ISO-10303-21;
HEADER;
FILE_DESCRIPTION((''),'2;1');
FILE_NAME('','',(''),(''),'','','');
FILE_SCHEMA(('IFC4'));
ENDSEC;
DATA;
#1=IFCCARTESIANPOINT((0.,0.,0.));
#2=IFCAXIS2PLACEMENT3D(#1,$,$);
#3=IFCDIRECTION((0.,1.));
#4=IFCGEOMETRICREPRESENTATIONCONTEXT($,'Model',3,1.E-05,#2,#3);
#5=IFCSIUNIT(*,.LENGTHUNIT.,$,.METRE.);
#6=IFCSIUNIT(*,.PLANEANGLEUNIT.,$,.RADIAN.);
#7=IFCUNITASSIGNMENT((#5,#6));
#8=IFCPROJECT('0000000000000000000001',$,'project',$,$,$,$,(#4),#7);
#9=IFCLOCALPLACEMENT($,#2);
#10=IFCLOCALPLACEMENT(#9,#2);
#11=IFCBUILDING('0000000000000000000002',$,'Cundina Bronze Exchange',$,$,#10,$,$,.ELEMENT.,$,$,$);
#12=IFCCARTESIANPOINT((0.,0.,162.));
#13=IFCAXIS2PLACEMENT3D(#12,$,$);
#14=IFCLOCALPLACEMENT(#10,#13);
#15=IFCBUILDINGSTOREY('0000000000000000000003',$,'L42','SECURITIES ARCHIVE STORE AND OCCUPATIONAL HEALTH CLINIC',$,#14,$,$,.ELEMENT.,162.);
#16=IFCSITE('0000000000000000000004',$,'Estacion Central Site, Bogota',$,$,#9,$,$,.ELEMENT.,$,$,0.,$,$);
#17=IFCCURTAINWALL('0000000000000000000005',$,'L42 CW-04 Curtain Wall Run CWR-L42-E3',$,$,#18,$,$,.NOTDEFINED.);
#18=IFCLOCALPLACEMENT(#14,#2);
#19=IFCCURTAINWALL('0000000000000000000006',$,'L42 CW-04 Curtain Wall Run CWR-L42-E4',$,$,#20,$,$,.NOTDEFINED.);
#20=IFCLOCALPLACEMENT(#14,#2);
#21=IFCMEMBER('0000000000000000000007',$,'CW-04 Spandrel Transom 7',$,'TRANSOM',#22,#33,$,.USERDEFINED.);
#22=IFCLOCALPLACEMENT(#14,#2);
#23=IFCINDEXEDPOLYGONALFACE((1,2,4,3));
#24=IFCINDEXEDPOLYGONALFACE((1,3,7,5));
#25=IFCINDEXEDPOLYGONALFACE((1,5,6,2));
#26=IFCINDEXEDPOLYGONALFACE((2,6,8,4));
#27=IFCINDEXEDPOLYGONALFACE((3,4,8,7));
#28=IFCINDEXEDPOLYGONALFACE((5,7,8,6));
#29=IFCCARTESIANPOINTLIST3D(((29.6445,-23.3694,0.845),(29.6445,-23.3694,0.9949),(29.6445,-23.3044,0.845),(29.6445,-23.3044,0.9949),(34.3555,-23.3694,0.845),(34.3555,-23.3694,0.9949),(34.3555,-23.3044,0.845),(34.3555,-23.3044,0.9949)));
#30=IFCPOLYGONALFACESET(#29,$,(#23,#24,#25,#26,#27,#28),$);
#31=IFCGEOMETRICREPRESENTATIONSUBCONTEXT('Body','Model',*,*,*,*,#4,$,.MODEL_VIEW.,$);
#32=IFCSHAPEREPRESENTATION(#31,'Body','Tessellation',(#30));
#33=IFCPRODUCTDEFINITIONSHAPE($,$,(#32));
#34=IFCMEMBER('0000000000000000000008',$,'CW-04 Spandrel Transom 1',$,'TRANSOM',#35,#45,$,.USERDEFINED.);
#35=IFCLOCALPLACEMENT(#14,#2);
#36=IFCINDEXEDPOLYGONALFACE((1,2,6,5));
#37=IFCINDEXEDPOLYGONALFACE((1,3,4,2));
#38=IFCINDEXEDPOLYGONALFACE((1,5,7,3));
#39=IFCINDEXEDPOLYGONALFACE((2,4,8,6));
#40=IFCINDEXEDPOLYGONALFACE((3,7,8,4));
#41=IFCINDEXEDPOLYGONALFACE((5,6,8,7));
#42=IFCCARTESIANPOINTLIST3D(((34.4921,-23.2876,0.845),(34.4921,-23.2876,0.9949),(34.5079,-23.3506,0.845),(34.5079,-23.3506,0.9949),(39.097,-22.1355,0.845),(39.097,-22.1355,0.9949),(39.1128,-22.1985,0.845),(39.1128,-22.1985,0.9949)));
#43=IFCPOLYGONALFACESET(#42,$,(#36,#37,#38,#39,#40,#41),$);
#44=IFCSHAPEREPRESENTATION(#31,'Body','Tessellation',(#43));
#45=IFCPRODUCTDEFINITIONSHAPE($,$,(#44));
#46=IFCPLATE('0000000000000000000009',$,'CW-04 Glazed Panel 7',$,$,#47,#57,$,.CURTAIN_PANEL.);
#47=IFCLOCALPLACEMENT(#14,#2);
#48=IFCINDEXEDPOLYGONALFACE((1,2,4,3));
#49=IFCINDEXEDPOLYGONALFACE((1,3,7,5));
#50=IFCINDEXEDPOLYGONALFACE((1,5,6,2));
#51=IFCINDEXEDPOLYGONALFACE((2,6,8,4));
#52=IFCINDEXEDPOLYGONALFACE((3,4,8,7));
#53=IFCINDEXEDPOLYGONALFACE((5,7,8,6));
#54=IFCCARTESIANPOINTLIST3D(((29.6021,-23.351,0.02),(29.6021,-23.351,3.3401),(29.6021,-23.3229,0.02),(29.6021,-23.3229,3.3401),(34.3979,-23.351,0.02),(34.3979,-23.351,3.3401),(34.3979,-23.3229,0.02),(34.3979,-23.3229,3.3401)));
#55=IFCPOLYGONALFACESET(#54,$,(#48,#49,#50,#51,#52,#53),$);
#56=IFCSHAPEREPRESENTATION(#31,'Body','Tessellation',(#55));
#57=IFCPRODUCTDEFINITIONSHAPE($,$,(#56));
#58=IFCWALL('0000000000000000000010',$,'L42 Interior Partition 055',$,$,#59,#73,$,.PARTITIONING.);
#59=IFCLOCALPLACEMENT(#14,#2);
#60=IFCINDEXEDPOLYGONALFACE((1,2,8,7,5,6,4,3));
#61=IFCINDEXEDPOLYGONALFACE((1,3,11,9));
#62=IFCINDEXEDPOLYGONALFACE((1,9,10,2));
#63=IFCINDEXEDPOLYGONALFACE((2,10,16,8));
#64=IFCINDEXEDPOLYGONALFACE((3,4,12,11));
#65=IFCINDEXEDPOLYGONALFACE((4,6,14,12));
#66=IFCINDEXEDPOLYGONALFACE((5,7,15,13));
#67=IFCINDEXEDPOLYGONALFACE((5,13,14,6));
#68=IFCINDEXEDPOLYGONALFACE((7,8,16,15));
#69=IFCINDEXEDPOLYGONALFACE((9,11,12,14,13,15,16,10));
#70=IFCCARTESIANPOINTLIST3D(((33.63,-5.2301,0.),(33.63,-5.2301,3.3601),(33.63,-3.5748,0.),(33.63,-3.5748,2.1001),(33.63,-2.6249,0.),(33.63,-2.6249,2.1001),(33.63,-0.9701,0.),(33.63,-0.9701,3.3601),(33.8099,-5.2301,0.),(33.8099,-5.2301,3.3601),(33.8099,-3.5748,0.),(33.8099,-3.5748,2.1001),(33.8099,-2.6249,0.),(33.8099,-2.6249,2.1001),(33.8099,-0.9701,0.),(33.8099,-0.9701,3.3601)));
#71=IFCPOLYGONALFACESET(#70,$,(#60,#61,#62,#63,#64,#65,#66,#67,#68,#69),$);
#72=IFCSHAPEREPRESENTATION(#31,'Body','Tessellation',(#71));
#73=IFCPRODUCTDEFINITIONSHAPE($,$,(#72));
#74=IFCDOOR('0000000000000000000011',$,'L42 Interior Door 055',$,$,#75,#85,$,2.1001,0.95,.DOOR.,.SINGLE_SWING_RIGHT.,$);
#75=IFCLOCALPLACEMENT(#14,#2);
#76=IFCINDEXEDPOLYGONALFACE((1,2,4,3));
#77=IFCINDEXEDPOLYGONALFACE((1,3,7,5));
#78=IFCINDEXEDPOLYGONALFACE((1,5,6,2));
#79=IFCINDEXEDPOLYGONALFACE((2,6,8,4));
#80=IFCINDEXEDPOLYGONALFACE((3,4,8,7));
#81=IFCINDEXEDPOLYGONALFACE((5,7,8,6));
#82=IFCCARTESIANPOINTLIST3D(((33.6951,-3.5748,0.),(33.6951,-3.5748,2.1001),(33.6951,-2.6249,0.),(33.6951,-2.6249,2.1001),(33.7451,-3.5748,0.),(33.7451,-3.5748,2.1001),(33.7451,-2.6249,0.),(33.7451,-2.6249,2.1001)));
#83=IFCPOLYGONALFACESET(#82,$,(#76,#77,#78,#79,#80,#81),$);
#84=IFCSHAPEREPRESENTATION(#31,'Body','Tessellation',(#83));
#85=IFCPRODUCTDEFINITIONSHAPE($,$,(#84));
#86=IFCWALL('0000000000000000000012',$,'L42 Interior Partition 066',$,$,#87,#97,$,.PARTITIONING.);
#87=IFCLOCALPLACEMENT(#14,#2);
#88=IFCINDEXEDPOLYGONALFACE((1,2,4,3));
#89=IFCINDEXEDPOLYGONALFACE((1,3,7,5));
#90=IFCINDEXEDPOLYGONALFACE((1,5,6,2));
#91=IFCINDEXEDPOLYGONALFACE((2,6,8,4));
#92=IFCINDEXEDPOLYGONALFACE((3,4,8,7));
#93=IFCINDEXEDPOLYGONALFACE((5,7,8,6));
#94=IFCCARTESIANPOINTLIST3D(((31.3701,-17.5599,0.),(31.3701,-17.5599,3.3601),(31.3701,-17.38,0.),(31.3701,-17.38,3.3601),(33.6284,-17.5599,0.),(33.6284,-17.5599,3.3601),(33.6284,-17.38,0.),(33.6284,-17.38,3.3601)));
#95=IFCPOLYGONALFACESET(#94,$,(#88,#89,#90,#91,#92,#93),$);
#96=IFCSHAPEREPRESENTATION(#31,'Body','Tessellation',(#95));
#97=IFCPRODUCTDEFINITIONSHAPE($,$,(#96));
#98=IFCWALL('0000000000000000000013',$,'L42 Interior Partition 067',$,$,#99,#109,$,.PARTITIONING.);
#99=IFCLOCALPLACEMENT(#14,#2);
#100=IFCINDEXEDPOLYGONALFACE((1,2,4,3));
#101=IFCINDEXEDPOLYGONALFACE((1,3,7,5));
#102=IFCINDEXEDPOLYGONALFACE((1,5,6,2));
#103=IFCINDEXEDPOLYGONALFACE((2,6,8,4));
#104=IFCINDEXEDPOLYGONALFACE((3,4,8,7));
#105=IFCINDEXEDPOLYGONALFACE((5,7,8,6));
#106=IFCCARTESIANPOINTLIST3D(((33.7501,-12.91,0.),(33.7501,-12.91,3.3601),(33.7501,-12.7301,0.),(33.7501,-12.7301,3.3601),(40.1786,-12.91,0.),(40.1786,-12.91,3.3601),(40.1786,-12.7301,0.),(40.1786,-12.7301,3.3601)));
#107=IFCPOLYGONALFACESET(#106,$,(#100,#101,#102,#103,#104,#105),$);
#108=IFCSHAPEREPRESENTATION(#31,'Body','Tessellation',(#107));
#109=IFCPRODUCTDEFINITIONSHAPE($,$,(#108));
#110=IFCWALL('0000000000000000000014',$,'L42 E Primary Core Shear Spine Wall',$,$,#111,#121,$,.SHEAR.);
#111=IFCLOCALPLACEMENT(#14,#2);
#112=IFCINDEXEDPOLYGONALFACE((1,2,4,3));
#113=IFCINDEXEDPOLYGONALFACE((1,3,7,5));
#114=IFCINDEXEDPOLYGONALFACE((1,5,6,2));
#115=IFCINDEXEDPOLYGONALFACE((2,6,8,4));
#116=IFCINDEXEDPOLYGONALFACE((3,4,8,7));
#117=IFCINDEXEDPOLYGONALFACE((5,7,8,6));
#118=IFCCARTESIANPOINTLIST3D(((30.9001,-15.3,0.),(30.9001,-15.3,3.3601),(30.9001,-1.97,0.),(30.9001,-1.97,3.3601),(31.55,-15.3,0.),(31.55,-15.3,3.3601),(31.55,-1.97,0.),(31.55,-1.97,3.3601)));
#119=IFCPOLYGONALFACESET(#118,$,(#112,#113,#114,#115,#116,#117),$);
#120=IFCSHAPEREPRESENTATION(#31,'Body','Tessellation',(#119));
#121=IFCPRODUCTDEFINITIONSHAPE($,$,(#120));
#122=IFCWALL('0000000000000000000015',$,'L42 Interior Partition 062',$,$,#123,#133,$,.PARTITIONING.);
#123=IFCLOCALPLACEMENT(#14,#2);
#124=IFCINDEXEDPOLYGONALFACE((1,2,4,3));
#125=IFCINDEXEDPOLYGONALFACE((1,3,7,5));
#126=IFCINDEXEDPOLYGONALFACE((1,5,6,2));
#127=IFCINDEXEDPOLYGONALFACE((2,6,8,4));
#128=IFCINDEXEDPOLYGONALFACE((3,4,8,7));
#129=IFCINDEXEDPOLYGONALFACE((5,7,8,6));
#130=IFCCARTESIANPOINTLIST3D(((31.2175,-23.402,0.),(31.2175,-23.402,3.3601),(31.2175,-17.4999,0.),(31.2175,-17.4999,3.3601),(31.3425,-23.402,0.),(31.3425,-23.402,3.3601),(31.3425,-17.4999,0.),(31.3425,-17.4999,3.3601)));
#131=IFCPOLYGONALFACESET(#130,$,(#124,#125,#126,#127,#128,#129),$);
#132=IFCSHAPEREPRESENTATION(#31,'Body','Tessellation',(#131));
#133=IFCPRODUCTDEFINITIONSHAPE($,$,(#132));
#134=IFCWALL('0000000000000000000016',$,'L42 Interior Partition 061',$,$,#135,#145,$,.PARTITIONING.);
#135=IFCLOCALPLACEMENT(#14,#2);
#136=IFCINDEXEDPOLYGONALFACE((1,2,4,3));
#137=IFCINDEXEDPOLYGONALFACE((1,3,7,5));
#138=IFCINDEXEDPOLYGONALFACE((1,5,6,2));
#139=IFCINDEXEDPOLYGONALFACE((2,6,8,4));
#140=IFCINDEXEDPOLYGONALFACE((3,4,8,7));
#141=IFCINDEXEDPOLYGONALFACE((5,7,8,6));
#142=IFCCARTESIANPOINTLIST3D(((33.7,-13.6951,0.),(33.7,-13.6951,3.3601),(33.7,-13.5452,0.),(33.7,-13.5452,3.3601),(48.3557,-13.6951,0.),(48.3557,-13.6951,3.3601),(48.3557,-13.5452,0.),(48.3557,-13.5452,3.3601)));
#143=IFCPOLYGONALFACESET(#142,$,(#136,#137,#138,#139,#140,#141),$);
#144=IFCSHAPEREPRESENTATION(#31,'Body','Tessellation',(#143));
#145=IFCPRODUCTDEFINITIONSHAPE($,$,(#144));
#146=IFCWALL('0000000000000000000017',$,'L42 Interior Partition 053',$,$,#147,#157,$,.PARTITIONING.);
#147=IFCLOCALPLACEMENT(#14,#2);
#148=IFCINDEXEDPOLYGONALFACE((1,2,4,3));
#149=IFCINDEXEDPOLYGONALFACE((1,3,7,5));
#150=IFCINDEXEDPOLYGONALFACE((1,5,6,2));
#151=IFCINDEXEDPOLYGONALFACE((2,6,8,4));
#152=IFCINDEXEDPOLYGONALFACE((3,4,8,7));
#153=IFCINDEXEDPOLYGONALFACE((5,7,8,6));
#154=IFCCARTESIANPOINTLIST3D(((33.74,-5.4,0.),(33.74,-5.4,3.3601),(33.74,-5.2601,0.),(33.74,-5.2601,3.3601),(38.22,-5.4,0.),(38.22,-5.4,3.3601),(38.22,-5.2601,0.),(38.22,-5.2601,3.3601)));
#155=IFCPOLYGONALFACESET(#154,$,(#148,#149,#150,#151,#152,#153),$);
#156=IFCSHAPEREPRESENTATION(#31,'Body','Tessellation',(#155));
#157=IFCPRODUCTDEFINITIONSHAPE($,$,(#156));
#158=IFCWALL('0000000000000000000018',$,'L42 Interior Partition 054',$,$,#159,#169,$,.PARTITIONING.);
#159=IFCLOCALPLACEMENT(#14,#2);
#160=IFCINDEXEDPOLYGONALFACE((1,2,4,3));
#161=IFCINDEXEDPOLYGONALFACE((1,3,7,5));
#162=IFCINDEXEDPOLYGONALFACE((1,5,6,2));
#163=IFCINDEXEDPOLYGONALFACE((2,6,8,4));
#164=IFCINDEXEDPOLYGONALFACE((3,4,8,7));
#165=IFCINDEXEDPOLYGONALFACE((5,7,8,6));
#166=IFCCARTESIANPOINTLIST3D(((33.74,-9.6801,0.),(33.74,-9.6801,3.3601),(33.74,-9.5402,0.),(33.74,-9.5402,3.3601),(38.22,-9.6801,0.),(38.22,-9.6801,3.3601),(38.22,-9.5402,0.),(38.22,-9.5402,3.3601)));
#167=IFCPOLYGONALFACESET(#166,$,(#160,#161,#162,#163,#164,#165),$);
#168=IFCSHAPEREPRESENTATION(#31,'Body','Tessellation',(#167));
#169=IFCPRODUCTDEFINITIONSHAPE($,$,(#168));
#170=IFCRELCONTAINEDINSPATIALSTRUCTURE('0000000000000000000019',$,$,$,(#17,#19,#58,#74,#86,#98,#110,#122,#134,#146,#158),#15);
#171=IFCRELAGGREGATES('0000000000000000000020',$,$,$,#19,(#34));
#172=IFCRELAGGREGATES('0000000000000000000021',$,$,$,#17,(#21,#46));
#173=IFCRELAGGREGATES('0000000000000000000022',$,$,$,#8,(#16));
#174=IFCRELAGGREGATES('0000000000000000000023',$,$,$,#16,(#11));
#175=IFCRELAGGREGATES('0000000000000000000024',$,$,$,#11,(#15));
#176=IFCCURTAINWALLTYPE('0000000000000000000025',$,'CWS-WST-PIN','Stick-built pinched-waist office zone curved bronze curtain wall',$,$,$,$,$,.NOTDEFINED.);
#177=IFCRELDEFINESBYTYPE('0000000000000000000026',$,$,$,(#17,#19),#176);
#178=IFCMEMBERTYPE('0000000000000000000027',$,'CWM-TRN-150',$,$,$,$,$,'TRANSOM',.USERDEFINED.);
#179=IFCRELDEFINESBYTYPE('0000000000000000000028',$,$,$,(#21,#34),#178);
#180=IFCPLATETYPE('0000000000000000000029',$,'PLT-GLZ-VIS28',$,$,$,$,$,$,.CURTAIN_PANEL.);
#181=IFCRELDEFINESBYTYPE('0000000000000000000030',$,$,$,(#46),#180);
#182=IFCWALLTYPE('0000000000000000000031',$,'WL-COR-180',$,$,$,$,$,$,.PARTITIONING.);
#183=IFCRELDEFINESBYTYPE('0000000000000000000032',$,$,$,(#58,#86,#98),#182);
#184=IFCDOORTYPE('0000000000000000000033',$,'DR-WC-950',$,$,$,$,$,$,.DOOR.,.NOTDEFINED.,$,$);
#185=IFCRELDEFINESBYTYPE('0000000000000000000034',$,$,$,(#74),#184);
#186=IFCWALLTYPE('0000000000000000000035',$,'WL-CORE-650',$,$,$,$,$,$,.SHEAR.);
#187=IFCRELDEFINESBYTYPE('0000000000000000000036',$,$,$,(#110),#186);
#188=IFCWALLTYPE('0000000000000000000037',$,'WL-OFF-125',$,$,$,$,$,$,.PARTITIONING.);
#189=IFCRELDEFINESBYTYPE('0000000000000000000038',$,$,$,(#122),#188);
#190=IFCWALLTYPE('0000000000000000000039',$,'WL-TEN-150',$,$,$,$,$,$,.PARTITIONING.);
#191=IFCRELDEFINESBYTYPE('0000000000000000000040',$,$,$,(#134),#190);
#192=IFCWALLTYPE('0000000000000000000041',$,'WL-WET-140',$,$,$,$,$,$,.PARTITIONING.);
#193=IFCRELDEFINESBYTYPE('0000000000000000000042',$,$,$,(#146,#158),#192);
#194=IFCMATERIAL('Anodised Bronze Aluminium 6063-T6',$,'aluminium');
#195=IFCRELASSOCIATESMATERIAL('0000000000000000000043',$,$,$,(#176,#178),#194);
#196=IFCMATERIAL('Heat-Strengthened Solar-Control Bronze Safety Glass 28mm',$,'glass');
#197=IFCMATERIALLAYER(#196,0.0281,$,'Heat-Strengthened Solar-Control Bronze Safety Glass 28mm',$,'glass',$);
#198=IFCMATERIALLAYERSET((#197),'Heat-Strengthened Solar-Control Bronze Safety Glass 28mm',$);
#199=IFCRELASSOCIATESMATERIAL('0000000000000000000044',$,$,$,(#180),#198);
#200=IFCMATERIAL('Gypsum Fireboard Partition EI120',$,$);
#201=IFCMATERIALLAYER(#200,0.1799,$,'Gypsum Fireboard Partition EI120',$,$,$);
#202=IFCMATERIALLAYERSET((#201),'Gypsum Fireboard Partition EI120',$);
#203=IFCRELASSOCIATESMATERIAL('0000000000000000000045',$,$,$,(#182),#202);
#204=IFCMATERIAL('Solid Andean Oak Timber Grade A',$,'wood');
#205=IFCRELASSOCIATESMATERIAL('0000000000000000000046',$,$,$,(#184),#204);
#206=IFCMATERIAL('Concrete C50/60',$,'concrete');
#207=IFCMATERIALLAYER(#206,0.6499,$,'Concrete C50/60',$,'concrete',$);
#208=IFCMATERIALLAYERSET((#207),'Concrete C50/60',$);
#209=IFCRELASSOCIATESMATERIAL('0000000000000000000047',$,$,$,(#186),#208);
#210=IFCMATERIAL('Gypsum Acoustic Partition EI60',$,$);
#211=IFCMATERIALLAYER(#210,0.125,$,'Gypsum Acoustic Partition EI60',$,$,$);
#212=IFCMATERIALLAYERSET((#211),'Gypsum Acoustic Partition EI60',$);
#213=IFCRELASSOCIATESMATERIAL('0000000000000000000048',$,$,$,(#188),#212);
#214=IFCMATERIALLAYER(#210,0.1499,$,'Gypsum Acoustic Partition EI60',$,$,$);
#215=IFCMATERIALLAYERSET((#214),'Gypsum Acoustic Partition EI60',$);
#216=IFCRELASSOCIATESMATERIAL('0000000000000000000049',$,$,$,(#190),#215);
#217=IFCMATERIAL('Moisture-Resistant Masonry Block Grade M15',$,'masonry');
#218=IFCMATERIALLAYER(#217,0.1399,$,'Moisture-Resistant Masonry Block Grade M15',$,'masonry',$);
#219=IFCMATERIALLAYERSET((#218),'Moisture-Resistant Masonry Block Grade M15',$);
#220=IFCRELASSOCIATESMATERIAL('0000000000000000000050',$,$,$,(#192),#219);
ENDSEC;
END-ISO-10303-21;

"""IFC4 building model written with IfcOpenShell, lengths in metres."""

from ifc_helpers import new_model, si_unit, direction, frame, frame_2d, origin, origin_2d, place, context, subcontext, project, spatial, rectangle, extrude, material, layer, layer_set, material_profile, profile_set, type_object, element, fill, aggregate, save


model = new_model("IFC4")

# Units and contexts
model_context = context("Model", 3, precision=1e-05, world=origin(), true_north=direction((0.0, 1.0)))
body_context = subcontext(model_context, "Body", "Model", "MODEL_VIEW")
ifc_project = project(units=[si_unit("LENGTHUNIT", "METRE"), si_unit("PLANEANGLEUNIT", "RADIAN")], contexts=[model_context])

# Site, building, storey
site_placement = place(None, origin())
site = spatial("IfcSite", under=ifc_project, at=site_placement, Name="Estacion Central Site, Bogota", CompositionType="ELEMENT", RefElevation=0.0)
building_placement = place(site_placement, origin())
building = spatial("IfcBuilding", under=site, at=building_placement, Name="Cundina Bronze Exchange", CompositionType="ELEMENT")
storey_placement = place(building_placement, frame((0.0, 0.0, 162.0)))
storey = spatial("IfcBuildingStorey", under=building, at=storey_placement, Name="L42", Description="SECURITIES ARCHIVE STORE AND OCCUPATIONAL HEALTH CLINIC", CompositionType="ELEMENT", Elevation=162.0)

# Shared definitions
ifc_material_1 = material(Name="Concrete C50/60", Category="concrete")

# Curtain wall
ifc_material_2 = material(Name="Anodised Bronze Aluminium 6063-T6", Category="aluminium")
curtain_wall_type = type_object("IfcCurtainWallType", Name="CWS-WST-PIN", Description="Stick-built pinched-waist office zone curved bronze curtain wall", PredefinedType="NOTDEFINED", material=ifc_material_2)
curtain_wall_1_placement = place(storey_placement, origin())
curtain_wall_1 = element("IfcCurtainWall", 1, at=curtain_wall_1_placement, inside=storey, type_object=curtain_wall_type, Name="L42 CW-04 Curtain Wall Run CWR-L42-E3", PredefinedType="NOTDEFINED")

# Curtain wall
curtain_wall_2_placement = place(storey_placement, origin())
curtain_wall_2 = element("IfcCurtainWall", 2, at=curtain_wall_2_placement, inside=storey, type_object=curtain_wall_type, Name="L42 CW-04 Curtain Wall Run CWR-L42-E4", PredefinedType="NOTDEFINED")

# Members
ifc_material_profile_1 = material_profile(ifc_material_2, rectangle(XDim=0.0649, YDim=0.1499, at=origin_2d()), Name="AL65X150", Category="aluminium")
ifc_profile_set_1 = profile_set([ifc_material_profile_1], Name="Anodised Bronze Aluminium 6063-T6")
member_type_1 = type_object("IfcMemberType", Name="CWM-TRN-150", ElementType="TRANSOM", PredefinedType="USERDEFINED", material=ifc_profile_set_1)
member_1_placement = place(storey_placement, frame((29.6445, -23.3369, 0.9199), z_axis=(1.0, 0.0, 0.0), x_axis=(0.0, 1.0, 0.0)))
member_1 = element("IfcMember", 3, at=member_1_placement, type_object=member_type_1, Name="CW-04 Spandrel Transom 7", ObjectType="TRANSOM", PredefinedType="USERDEFINED", context=body_context, shape_type="SweptSolid", body=[
    extrude(rectangle(XDim=0.0649, YDim=0.1499, at=origin_2d()), origin(), (0.0, 0.0, 1.0), 4.7109),
])
member_2_placement = place(storey_placement, frame((34.5, -23.3191, 0.9199), z_axis=(0.9701, 0.242705, 0.0), x_axis=(-0.242705, 0.9701, 0.0)))
member_2 = element("IfcMember", 4, at=member_2_placement, type_object=member_type_1, Name="CW-04 Spandrel Transom 1", ObjectType="TRANSOM", PredefinedType="USERDEFINED", context=body_context, shape_type="SweptSolid", body=[
    extrude(rectangle(XDim=0.0649, YDim=0.1499, at=origin_2d()), origin(), (0.0, 0.0, 1.0), 4.7468),
])
aggregate(curtain_wall_2, [member_2])

# Plate
ifc_material_3 = material(Name="Heat-Strengthened Solar-Control Bronze Safety Glass 28mm", Category="glass")
ifc_layer_1 = layer(ifc_material_3, 0.0281, Name="Heat-Strengthened Solar-Control Bronze Safety Glass 28mm", Category="glass")
ifc_layer_set_1 = layer_set([ifc_layer_1], Name="Heat-Strengthened Solar-Control Bronze Safety Glass 28mm")
plate_type = type_object("IfcPlateType", Name="PLT-GLZ-VIS28", PredefinedType="CURTAIN_PANEL", material=ifc_layer_set_1)
plate_placement = place(storey_placement, frame((32.0, -23.3369, 0.02), z_axis=(0.0, 0.0, 1.0), x_axis=(1.0, 0.0, 0.0)))
plate = element("IfcPlate", 5, at=plate_placement, type_object=plate_type, Name="CW-04 Glazed Panel 7", PredefinedType="CURTAIN_PANEL", context=body_context, shape_type="SweptSolid", body=[
    extrude(rectangle(XDim=4.7959, YDim=0.0281, at=origin_2d()), origin(), (0.0, 0.0, 1.0), 3.3201),
])
aggregate(curtain_wall_1, [member_1, plate])

# Wall, opening, door
ifc_material_4 = material(Name="Gypsum Fireboard Partition EI120")
ifc_layer_2 = layer(ifc_material_4, 0.1799, Name="Gypsum Fireboard Partition EI120")
ifc_layer_set_2 = layer_set([ifc_layer_2], Name="Gypsum Fireboard Partition EI120")
wall_type_1 = type_object("IfcWallType", Name="WL-COR-180", PredefinedType="PARTITIONING", material=ifc_layer_set_2)
wall_1_placement = place(storey_placement, frame((33.72, -5.23, 0.0), z_axis=(0.0, 0.0, 1.0), x_axis=(0.0, 1.0, 0.0)))
wall_1 = element("IfcWall", 6, at=wall_1_placement, inside=storey, type_object=wall_type_1, Name="L42 Interior Partition 055", PredefinedType="PARTITIONING", context=body_context, shape_type="SweptSolid", body=[
    extrude(rectangle(XDim=4.26, YDim=0.1799, at=frame_2d((2.1299, 0.0))), origin(), (0.0, 0.0, 1.0), 3.3601),
])
opening_1_placement = place(wall_1_placement, frame((1.655, 0.0, 0.0)))
opening_1 = element("IfcOpeningElement", 7, at=opening_1_placement, cuts=wall_1, PredefinedType="OPENING", context=body_context, shape_type="SweptSolid", body=[
    extrude(rectangle(XDim=0.95, YDim=2.1001, at=frame_2d((0.4751, 1.05))), frame((0.0, 0.0999, 0.0), z_axis=(0.0, -1.0, 0.0), x_axis=(1.0, 0.0, 0.0)), (0.0, 0.0, 1.0), 0.2),
])
ifc_material_5 = material(Name="Solid Andean Oak Timber Grade A", Category="wood")
door_type_1 = type_object("IfcDoorType", Name="DR-WC-950", OperationType="NOTDEFINED", PredefinedType="DOOR", material=ifc_material_5)
door_1_placement = place(opening_1_placement, origin())
door_1 = element("IfcDoor", 8, at=door_1_placement, inside=storey, type_object=door_type_1, Name="L42 Interior Door 055", OperationType="SINGLE_SWING_RIGHT", OverallHeight=2.1001, OverallWidth=0.95, PredefinedType="DOOR", context=body_context, shape_type="SweptSolid", body=[
    extrude(rectangle(XDim=0.95, YDim=2.1001, at=frame_2d((0.4751, 1.05))), frame((0.0, 0.0249, 0.0), z_axis=(0.0, -1.0, 0.0), x_axis=(1.0, 0.0, 0.0)), (0.0, 0.0, 1.0), 0.05),
])
fill(opening_1, door_1)

# Walls
wall_2_placement = place(storey_placement, frame((31.3701, -17.47, 0.0), z_axis=(0.0, 0.0, 1.0), x_axis=(1.0, 0.0, 0.0)))
element("IfcWall", 9, at=wall_2_placement, inside=storey, type_object=wall_type_1, Name="L42 Interior Partition 066", PredefinedType="PARTITIONING", context=body_context, shape_type="SweptSolid", body=[
    extrude(rectangle(XDim=2.2583, YDim=0.1799, at=frame_2d((1.1292, 0.0))), origin(), (0.0, 0.0, 1.0), 3.3601),
])
wall_3_placement = place(storey_placement, frame((33.75, -12.8201, 0.0), z_axis=(0.0, 0.0, 1.0), x_axis=(1.0, 0.0, 0.0)))
element("IfcWall", 10, at=wall_3_placement, inside=storey, type_object=wall_type_1, Name="L42 Interior Partition 067", PredefinedType="PARTITIONING", context=body_context, shape_type="SweptSolid", body=[
    extrude(rectangle(XDim=6.4285, YDim=0.1799, at=frame_2d((3.2144, 0.0))), origin(), (0.0, 0.0, 1.0), 3.3601),
])
ifc_layer_3 = layer(ifc_material_1, 0.6499, Name="Concrete C50/60", Category="concrete")
ifc_layer_set_3 = layer_set([ifc_layer_3], Name="Concrete C50/60")
wall_type_2 = type_object("IfcWallType", Name="WL-CORE-650", PredefinedType="SHEAR", material=ifc_layer_set_3)
wall_4_placement = place(storey_placement, frame((31.2251, -15.3, 0.0), z_axis=(0.0, 0.0, 1.0), x_axis=(0.0, 1.0, 0.0)))
element("IfcWall", 11, at=wall_4_placement, inside=storey, type_object=wall_type_2, Name="L42 E Primary Core Shear Spine Wall", PredefinedType="SHEAR", context=body_context, shape_type="SweptSolid", body=[
    extrude(rectangle(XDim=13.3301, YDim=0.6499, at=frame_2d((6.665, 0.0))), origin(), (0.0, 0.0, 1.0), 3.3601),
])
ifc_material_6 = material(Name="Gypsum Acoustic Partition EI60")
ifc_layer_4 = layer(ifc_material_6, 0.125, Name="Gypsum Acoustic Partition EI60")
ifc_layer_set_4 = layer_set([ifc_layer_4], Name="Gypsum Acoustic Partition EI60")
wall_type_3 = type_object("IfcWallType", Name="WL-OFF-125", PredefinedType="PARTITIONING", material=ifc_layer_set_4)
wall_5_placement = place(storey_placement, frame((31.28, -23.4021, 0.0), z_axis=(0.0, 0.0, 1.0), x_axis=(0.0, 1.0, 0.0)))
element("IfcWall", 12, at=wall_5_placement, inside=storey, type_object=wall_type_3, Name="L42 Interior Partition 062", PredefinedType="PARTITIONING", context=body_context, shape_type="SweptSolid", body=[
    extrude(rectangle(XDim=5.9021, YDim=0.125, at=frame_2d((2.9512, 0.0))), origin(), (0.0, 0.0, 1.0), 3.3601),
])
ifc_layer_5 = layer(ifc_material_6, 0.1499, Name="Gypsum Acoustic Partition EI60")
ifc_layer_set_5 = layer_set([ifc_layer_5], Name="Gypsum Acoustic Partition EI60")
wall_type_4 = type_object("IfcWallType", Name="WL-TEN-150", PredefinedType="PARTITIONING", material=ifc_layer_set_5)
wall_6_placement = place(storey_placement, frame((33.7, -13.6201, 0.0), z_axis=(0.0, 0.0, 1.0), x_axis=(1.0, 0.0, 0.0)))
element("IfcWall", 13, at=wall_6_placement, inside=storey, type_object=wall_type_4, Name="L42 Interior Partition 061", PredefinedType="PARTITIONING", context=body_context, shape_type="SweptSolid", body=[
    extrude(rectangle(XDim=14.6558, YDim=0.1499, at=frame_2d((7.3279, 0.0))), origin(), (0.0, 0.0, 1.0), 3.3601),
])
ifc_material_7 = material(Name="Moisture-Resistant Masonry Block Grade M15", Category="masonry")
ifc_layer_6 = layer(ifc_material_7, 0.1399, Name="Moisture-Resistant Masonry Block Grade M15", Category="masonry")
ifc_layer_set_6 = layer_set([ifc_layer_6], Name="Moisture-Resistant Masonry Block Grade M15")
wall_type_5 = type_object("IfcWallType", Name="WL-WET-140", PredefinedType="PARTITIONING", material=ifc_layer_set_6)
for number, where, z_axis, x_axis, name in (
    (14, (33.74, -5.3301, 0.0), (0.0, 0.0, 1.0), (1.0, 0.0, 0.0), "L42 Interior Partition 053"),
    (15, (33.74, -9.6101, 0.0), (0.0, 0.0, 1.0), (1.0, 0.0, 0.0), "L42 Interior Partition 054"),
):
    element("IfcWall", number, at=place(storey_placement, frame(where, z_axis=z_axis, x_axis=x_axis)), inside=storey, type_object=wall_type_5, Name=name, PredefinedType="PARTITIONING", context=body_context, shape_type="SweptSolid", body=[
        extrude(rectangle(XDim=4.48, YDim=0.1399, at=frame_2d((2.24, 0.0))), origin(), (0.0, 0.0, 1.0), 3.3601),
    ])

save(model, "model.ifc")
